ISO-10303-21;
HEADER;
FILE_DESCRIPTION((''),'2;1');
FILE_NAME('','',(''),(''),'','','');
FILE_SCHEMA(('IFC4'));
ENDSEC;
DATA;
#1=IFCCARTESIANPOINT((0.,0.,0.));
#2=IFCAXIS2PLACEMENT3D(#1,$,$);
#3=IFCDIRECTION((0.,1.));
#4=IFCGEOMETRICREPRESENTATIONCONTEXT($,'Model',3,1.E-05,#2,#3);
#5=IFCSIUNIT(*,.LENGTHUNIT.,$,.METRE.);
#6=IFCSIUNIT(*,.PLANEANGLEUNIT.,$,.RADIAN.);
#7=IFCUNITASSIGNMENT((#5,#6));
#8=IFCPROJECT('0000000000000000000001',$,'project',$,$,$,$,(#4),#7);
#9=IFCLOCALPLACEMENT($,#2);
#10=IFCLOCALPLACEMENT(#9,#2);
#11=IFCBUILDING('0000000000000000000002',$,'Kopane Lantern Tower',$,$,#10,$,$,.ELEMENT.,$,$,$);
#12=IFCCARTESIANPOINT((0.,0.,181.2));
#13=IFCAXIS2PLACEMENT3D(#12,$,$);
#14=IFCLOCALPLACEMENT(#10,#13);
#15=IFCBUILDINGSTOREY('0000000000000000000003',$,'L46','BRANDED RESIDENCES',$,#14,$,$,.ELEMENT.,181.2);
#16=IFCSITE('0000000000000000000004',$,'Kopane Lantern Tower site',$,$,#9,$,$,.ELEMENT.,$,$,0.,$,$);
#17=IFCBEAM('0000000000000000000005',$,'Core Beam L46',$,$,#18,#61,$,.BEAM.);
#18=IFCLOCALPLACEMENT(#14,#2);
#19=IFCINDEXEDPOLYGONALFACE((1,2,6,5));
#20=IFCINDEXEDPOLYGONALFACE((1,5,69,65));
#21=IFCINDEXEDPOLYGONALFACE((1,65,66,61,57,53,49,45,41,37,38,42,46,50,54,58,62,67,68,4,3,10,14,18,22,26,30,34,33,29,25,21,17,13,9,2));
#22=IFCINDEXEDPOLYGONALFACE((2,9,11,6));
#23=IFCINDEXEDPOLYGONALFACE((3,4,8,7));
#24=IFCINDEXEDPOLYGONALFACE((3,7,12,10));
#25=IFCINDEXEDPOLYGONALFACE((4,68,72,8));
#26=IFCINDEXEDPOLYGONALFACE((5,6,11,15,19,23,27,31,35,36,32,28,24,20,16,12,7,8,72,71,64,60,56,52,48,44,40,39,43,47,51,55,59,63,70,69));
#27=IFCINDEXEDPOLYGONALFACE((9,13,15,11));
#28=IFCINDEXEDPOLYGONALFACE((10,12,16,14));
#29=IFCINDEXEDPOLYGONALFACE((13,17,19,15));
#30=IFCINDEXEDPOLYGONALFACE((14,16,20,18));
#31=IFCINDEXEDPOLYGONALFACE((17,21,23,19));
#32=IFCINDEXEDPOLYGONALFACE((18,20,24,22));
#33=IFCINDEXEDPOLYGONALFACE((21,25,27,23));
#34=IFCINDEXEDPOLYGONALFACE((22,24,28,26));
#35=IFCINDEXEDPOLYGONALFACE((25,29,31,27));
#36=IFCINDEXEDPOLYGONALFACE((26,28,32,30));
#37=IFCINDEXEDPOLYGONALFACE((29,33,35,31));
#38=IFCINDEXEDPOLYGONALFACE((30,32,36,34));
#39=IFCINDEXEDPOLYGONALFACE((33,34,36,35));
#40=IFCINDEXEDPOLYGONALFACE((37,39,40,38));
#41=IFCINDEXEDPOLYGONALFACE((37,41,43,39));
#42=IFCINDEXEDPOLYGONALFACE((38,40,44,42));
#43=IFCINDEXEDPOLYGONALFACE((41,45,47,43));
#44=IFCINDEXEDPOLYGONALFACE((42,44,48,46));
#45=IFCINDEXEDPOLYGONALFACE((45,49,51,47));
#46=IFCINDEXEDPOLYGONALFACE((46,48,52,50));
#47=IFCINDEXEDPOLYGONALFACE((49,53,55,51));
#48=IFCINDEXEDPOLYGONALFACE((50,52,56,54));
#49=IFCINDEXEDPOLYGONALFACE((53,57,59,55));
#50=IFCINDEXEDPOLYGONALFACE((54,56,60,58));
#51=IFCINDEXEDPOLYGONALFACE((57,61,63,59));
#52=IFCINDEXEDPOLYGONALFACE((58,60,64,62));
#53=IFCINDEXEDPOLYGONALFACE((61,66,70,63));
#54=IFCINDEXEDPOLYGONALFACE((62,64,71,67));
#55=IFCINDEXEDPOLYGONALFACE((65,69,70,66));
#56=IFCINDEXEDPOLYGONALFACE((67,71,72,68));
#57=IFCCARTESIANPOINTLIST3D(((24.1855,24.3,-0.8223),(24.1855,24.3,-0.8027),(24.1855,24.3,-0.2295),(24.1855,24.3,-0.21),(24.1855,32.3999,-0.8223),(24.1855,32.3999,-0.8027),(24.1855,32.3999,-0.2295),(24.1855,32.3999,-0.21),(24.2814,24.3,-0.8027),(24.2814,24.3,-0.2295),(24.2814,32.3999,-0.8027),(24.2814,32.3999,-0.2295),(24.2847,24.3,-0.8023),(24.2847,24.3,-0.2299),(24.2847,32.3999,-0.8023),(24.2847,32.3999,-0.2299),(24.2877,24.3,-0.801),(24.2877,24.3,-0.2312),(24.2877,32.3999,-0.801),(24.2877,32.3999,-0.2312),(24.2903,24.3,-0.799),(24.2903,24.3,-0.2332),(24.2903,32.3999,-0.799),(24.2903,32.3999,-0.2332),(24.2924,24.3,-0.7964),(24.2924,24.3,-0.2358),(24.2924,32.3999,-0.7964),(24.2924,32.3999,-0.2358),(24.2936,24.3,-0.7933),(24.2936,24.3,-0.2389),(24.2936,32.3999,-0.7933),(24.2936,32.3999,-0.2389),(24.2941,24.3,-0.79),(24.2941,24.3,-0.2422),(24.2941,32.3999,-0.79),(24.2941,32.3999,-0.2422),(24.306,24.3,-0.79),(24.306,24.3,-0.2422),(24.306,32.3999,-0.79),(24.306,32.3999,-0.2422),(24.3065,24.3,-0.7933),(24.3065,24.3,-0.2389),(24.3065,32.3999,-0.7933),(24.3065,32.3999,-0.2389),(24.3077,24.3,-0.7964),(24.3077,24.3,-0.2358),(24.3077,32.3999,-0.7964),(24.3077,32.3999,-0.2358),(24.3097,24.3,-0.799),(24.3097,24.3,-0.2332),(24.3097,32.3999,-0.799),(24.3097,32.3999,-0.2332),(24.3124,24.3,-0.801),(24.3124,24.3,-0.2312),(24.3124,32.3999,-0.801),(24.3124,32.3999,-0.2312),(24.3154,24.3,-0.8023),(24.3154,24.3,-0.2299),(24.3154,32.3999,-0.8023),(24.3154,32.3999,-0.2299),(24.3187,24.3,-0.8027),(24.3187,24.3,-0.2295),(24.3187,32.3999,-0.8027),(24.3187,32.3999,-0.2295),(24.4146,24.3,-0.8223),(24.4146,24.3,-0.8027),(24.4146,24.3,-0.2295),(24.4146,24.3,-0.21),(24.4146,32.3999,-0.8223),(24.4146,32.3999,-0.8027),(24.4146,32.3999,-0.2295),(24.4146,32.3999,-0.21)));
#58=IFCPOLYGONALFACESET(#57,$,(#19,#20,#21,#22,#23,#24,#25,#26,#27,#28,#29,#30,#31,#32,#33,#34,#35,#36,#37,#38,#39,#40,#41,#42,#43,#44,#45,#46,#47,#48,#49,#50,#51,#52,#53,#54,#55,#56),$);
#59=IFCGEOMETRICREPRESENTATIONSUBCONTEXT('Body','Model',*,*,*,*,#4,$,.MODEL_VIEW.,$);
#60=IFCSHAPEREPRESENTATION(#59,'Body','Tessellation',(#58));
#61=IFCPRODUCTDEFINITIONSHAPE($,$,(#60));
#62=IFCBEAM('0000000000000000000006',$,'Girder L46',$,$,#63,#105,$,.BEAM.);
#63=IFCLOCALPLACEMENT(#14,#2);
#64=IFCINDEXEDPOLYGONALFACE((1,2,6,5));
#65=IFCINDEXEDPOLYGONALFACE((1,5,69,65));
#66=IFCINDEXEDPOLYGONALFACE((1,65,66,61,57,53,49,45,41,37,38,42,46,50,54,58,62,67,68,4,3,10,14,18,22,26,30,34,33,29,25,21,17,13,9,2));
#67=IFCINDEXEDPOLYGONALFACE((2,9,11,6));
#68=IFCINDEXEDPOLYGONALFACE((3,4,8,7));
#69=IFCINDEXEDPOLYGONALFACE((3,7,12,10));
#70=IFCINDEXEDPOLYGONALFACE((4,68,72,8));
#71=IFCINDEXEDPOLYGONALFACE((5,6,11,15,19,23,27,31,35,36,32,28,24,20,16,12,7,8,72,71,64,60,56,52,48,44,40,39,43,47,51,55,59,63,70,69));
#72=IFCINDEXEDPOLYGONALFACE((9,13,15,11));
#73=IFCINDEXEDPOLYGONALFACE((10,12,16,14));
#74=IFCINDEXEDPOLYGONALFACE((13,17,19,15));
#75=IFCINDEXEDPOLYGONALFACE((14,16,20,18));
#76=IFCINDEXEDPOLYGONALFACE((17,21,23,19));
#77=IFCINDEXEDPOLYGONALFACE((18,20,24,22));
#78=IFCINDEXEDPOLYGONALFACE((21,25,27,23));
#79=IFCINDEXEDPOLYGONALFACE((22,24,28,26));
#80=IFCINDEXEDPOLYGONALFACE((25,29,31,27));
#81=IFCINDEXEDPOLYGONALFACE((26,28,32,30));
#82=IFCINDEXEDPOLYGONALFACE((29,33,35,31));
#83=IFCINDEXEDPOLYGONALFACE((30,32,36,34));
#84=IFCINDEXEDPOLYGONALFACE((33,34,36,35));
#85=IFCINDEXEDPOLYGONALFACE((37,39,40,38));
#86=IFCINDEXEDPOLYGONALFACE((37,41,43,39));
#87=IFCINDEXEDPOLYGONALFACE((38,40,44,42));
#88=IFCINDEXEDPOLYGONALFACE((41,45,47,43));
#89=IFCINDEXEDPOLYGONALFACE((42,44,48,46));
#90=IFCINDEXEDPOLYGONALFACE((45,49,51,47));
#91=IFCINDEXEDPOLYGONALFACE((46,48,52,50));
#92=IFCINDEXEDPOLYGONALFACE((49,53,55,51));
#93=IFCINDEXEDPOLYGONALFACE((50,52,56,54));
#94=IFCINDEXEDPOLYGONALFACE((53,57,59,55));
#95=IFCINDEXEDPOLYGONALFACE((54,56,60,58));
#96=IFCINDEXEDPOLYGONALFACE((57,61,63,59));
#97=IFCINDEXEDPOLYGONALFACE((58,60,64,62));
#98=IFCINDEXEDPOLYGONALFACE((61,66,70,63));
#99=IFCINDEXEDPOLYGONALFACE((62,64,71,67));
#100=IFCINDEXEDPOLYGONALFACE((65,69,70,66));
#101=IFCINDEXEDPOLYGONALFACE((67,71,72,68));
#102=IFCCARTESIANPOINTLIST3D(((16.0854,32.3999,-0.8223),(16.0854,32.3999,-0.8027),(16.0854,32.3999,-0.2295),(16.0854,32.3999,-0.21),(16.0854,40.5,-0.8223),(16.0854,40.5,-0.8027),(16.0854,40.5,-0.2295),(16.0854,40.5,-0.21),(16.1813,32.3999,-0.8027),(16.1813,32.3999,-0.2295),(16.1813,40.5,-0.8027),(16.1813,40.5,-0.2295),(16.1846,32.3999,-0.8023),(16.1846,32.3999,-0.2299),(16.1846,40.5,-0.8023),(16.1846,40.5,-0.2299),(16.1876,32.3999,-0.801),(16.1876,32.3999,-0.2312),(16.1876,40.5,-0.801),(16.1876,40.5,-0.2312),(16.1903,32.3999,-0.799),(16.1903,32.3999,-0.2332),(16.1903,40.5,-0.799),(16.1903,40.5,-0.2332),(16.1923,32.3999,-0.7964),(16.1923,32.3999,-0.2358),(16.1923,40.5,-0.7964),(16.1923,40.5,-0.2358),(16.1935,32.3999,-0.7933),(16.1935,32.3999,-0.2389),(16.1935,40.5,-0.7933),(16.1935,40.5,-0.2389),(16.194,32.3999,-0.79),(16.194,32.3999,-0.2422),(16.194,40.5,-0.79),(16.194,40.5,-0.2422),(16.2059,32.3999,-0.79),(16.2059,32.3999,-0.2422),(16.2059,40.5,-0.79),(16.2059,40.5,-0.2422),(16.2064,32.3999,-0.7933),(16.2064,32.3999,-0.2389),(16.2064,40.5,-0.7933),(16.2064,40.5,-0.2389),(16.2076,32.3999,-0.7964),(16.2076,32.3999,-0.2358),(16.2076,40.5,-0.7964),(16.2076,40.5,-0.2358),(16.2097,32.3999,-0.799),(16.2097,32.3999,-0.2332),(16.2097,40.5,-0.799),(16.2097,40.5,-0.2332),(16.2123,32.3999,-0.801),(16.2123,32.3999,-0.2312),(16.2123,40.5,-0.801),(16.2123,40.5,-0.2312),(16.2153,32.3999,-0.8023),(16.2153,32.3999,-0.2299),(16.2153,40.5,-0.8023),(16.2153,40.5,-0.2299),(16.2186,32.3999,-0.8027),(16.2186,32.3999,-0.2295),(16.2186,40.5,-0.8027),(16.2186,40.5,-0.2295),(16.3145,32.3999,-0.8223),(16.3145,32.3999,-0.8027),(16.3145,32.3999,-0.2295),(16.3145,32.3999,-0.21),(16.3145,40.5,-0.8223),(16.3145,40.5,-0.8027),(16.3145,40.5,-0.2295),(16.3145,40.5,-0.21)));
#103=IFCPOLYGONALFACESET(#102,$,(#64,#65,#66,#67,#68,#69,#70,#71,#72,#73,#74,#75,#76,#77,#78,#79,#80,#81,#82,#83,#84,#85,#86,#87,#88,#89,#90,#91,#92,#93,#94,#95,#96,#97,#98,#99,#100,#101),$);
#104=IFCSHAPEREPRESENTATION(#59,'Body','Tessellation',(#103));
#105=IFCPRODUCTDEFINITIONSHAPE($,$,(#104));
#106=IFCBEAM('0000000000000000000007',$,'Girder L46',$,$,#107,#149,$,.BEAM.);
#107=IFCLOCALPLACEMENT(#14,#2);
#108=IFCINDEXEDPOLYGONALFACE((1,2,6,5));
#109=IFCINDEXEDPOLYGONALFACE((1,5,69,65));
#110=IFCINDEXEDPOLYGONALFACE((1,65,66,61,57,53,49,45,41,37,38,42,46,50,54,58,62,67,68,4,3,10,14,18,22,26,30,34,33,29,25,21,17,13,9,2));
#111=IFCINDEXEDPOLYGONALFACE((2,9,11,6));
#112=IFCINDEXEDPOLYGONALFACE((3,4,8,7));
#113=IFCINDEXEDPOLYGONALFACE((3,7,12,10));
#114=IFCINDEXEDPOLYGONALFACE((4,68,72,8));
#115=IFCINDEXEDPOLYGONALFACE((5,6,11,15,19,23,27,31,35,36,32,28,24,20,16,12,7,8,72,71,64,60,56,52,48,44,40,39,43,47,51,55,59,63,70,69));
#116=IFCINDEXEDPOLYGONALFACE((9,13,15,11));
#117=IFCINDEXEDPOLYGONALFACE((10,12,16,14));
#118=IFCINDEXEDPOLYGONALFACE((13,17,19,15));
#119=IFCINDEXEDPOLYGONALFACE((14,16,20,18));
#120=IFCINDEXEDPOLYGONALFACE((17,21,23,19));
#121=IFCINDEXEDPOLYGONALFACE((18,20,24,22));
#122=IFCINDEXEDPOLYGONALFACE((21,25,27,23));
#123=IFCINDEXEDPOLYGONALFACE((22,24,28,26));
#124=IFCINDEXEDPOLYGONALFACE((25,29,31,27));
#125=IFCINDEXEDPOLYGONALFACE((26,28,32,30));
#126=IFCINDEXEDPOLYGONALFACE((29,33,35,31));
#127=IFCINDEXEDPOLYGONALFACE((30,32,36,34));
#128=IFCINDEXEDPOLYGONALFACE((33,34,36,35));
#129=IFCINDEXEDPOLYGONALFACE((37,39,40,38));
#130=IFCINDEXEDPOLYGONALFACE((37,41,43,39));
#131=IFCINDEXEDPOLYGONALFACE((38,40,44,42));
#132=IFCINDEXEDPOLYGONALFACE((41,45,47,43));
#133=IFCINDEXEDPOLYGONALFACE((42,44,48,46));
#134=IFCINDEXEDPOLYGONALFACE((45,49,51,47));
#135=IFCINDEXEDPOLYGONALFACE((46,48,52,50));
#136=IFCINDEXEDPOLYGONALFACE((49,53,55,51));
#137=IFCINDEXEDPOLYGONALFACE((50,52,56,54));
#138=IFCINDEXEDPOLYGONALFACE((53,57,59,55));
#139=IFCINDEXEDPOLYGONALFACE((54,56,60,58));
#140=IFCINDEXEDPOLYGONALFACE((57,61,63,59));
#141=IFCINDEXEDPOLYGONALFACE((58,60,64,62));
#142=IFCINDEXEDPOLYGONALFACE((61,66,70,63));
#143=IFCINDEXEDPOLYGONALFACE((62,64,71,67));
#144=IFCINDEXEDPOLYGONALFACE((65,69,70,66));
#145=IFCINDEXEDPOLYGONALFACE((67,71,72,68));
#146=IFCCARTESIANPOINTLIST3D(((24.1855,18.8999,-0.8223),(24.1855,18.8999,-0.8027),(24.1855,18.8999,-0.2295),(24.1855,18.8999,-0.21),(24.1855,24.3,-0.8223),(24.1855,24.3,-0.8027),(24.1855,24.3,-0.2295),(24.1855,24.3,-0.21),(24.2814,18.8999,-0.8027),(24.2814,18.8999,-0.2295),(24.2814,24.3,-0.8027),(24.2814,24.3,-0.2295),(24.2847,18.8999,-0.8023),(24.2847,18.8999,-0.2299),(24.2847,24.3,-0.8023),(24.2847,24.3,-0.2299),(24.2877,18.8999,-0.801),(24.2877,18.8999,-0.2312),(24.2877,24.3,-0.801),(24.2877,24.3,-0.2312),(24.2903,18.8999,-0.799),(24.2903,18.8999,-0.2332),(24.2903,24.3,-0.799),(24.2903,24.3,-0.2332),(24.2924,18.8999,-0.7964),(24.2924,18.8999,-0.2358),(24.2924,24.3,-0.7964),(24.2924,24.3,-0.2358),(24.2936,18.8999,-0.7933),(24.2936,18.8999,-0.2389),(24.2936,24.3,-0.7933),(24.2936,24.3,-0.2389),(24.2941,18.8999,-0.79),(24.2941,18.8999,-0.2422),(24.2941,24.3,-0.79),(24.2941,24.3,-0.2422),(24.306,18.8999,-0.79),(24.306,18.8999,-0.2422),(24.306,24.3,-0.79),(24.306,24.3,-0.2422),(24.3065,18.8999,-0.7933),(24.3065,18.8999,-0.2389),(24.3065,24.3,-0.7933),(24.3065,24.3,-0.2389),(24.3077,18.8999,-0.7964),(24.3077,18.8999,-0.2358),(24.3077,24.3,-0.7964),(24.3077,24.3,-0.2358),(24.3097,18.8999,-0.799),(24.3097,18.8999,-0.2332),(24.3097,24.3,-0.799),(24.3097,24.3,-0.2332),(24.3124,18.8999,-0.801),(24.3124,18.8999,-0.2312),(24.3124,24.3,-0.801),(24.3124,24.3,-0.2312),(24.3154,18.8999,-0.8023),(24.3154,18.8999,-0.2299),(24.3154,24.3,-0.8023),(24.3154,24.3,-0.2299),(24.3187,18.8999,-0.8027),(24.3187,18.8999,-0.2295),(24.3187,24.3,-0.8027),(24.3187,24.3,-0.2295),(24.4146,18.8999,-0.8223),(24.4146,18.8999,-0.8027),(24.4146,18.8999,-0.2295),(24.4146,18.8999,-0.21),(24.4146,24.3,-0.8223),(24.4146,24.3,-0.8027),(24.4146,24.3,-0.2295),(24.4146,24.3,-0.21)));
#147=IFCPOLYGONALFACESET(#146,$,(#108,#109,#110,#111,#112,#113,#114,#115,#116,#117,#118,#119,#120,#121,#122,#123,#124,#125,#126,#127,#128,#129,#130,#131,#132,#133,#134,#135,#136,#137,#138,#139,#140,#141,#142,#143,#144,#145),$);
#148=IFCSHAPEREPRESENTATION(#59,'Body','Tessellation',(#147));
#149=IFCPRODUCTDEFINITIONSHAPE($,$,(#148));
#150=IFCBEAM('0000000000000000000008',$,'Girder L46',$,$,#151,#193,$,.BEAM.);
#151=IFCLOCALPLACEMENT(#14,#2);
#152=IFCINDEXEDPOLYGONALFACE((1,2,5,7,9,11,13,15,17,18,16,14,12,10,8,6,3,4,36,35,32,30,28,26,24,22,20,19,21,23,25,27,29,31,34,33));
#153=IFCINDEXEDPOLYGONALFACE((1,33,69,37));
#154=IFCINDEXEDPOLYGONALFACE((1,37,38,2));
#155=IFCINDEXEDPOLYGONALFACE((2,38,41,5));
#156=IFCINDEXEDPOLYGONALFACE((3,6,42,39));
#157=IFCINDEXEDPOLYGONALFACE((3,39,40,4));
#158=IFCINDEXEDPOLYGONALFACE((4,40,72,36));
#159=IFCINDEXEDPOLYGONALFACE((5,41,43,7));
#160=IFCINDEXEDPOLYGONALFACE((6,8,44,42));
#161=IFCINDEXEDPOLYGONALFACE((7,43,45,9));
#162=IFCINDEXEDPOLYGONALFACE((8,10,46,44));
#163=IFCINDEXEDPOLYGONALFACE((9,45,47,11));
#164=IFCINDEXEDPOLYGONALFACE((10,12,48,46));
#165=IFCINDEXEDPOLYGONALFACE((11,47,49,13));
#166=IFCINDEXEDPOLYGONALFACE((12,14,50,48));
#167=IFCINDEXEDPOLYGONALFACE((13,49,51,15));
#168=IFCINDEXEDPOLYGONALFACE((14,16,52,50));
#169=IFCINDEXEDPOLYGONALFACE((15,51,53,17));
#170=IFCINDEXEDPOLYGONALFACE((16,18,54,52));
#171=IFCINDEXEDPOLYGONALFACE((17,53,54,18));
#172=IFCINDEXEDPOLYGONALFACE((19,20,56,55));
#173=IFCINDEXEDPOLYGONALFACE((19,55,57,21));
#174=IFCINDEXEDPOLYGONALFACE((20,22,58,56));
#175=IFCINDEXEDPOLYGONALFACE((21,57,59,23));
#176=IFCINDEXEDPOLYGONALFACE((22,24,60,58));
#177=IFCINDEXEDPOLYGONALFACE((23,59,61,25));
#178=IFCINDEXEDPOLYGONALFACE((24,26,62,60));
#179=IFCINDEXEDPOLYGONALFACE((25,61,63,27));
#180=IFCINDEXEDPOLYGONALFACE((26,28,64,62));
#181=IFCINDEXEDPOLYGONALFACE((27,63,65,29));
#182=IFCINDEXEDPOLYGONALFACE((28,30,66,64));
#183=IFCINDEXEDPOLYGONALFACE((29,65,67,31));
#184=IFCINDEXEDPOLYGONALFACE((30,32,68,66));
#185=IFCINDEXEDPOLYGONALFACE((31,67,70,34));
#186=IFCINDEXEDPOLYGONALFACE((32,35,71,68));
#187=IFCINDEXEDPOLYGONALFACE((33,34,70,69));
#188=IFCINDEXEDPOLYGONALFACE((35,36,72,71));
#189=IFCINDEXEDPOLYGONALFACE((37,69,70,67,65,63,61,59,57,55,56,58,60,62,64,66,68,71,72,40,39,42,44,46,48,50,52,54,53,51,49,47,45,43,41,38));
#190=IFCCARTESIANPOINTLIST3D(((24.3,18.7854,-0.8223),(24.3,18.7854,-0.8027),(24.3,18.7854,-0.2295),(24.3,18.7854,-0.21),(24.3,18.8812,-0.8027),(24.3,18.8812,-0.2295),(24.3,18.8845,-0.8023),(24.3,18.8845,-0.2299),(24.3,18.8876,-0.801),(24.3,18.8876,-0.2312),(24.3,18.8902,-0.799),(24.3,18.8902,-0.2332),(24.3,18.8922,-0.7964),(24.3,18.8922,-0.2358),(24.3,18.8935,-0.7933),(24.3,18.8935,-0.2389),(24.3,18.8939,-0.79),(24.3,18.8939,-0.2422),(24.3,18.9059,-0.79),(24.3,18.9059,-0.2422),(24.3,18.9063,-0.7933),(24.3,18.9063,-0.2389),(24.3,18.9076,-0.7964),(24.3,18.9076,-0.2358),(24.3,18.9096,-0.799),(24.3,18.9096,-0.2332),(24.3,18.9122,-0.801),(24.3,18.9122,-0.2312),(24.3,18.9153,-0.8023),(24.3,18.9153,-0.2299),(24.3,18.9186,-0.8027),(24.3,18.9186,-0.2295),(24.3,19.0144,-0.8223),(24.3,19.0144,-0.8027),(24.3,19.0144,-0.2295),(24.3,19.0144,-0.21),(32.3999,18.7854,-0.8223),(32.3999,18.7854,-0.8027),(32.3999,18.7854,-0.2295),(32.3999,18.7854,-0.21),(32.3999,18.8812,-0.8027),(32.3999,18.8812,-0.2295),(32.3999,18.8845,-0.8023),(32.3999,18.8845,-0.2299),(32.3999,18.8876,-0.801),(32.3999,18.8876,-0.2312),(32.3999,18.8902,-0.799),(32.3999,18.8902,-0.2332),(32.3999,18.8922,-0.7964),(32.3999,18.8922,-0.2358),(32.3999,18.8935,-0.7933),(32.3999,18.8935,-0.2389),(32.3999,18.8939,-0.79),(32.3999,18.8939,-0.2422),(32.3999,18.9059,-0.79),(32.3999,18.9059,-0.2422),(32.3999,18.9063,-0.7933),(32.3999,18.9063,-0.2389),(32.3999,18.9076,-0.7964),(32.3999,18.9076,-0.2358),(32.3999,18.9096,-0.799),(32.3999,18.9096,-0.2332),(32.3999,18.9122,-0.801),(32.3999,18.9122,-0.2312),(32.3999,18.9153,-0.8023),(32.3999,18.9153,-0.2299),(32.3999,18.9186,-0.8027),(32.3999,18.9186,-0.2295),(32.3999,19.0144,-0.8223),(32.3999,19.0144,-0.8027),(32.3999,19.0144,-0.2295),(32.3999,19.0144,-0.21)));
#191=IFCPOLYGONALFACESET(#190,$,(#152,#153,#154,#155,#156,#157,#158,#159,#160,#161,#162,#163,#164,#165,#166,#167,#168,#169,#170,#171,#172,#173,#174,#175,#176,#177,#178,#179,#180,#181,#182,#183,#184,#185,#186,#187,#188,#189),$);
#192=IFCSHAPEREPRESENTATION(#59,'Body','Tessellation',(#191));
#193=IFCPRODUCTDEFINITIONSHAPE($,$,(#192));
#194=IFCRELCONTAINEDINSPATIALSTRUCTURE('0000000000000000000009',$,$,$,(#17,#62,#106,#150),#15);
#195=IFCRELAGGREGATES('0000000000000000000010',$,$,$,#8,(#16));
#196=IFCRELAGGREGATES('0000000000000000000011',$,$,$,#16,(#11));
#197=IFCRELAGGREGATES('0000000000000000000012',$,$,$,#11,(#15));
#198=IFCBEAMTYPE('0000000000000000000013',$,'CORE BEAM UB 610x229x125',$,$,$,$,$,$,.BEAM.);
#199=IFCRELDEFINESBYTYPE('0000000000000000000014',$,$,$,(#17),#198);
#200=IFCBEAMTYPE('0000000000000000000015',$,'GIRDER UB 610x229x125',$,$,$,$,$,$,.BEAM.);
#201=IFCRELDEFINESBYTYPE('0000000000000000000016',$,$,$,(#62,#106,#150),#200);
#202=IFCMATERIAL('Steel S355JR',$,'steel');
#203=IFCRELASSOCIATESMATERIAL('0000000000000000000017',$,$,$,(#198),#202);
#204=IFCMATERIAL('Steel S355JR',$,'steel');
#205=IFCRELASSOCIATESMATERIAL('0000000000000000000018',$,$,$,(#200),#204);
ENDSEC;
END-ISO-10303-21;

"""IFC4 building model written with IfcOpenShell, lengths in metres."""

from ifc_helpers import new_model, si_unit, direction, frame, origin, origin_2d, place, context, subcontext, project, spatial, i_section, extrude, material, material_profile, profile_set, type_object, element, save


model = new_model("IFC4")

# Units and contexts
model_context = context("Model", 3, precision=1e-05, world=origin(), true_north=direction((0.0, 1.0)))
body_context = subcontext(model_context, "Body", "Model", "MODEL_VIEW")
ifc_project = project(units=[si_unit("LENGTHUNIT", "METRE"), si_unit("PLANEANGLEUNIT", "RADIAN")], contexts=[model_context])

# Site, building, storey
site_placement = place(None, origin())
site = spatial("IfcSite", under=ifc_project, at=site_placement, Name="Kopane Lantern Tower site", CompositionType="ELEMENT", RefElevation=0.0)
building_placement = place(site_placement, origin())
building = spatial("IfcBuilding", under=site, at=building_placement, Name="Kopane Lantern Tower", CompositionType="ELEMENT")
storey_placement = place(building_placement, frame((0.0, 0.0, 181.2)))
storey = spatial("IfcBuildingStorey", under=building, at=storey_placement, Name="L46", Description="BRANDED RESIDENCES", CompositionType="ELEMENT", Elevation=181.2)

# Beams
ifc_material_1 = material(Name="Steel S355JR", Category="steel")
ifc_material_profile_1 = material_profile(ifc_material_1, i_section(OverallWidth=0.229, OverallDepth=0.6123, WebThickness=0.012, FlangeThickness=0.0195, FilletRadius=0.0127, at=origin_2d()), Name="UB 610x229x125")
ifc_profile_set_1 = profile_set([ifc_material_profile_1], Name="Steel S355JR")
beam_type_1 = type_object("IfcBeamType", Name="CORE BEAM UB 610x229x125", PredefinedType="BEAM", material=ifc_profile_set_1)
beam_1_placement = place(storey_placement, frame((24.3, 24.3, -0.5161), z_axis=(0.0, 1.0, 0.0), x_axis=(-1.0, 0.0, 0.0)))
element("IfcBeam", 1, at=beam_1_placement, inside=storey, type_object=beam_type_1, Name="Core Beam L46", PredefinedType="BEAM", context=body_context, shape_type="SweptSolid", body=[
    extrude(i_section(OverallWidth=0.229, OverallDepth=0.6123, WebThickness=0.012, FlangeThickness=0.0195, FilletRadius=0.0127, at=origin_2d()), origin(), (0.0, 0.0, 1.0), 8.0999),
])
ifc_material_2 = material(Name="Steel S355JR", Category="steel")
ifc_material_profile_2 = material_profile(ifc_material_2, i_section(OverallWidth=0.229, OverallDepth=0.6123, WebThickness=0.012, FlangeThickness=0.0195, FilletRadius=0.0127, at=origin_2d()), Name="UB 610x229x125")
ifc_profile_set_2 = profile_set([ifc_material_profile_2], Name="Steel S355JR")
beam_type_2 = type_object("IfcBeamType", Name="GIRDER UB 610x229x125", PredefinedType="BEAM", material=ifc_profile_set_2)
beam_2_placement = place(storey_placement, frame((16.2, 32.3999, -0.5161), z_axis=(0.0, 1.0, 0.0), x_axis=(-1.0, 0.0, 0.0)))
element("IfcBeam", 2, at=beam_2_placement, inside=storey, type_object=beam_type_2, Name="Girder L46", PredefinedType="BEAM", context=body_context, shape_type="SweptSolid", body=[
    extrude(i_section(OverallWidth=0.229, OverallDepth=0.6123, WebThickness=0.012, FlangeThickness=0.0195, FilletRadius=0.0127, at=origin_2d()), origin(), (0.0, 0.0, 1.0), 8.1001),
])
beam_3_placement = place(storey_placement, frame((24.3, 18.8999, -0.5161), z_axis=(0.0, 1.0, 0.0), x_axis=(-1.0, 0.0, 0.0)))
element("IfcBeam", 3, at=beam_3_placement, inside=storey, type_object=beam_type_2, Name="Girder L46", PredefinedType="BEAM", context=body_context, shape_type="SweptSolid", body=[
    extrude(i_section(OverallWidth=0.229, OverallDepth=0.6123, WebThickness=0.012, FlangeThickness=0.0195, FilletRadius=0.0127, at=origin_2d()), origin(), (0.0, 0.0, 1.0), 5.4001),
])
beam_4_placement = place(storey_placement, frame((24.3, 18.8999, -0.5161), z_axis=(1.0, 0.0, 0.0), x_axis=(0.0, 1.0, 0.0)))
element("IfcBeam", 4, at=beam_4_placement, inside=storey, type_object=beam_type_2, Name="Girder L46", PredefinedType="BEAM", context=body_context, shape_type="SweptSolid", body=[
    extrude(i_section(OverallWidth=0.229, OverallDepth=0.6123, WebThickness=0.012, FlangeThickness=0.0195, FilletRadius=0.0127, at=origin_2d()), origin(), (0.0, 0.0, 1.0), 8.0999),
])

save(model, "model.ifc")
